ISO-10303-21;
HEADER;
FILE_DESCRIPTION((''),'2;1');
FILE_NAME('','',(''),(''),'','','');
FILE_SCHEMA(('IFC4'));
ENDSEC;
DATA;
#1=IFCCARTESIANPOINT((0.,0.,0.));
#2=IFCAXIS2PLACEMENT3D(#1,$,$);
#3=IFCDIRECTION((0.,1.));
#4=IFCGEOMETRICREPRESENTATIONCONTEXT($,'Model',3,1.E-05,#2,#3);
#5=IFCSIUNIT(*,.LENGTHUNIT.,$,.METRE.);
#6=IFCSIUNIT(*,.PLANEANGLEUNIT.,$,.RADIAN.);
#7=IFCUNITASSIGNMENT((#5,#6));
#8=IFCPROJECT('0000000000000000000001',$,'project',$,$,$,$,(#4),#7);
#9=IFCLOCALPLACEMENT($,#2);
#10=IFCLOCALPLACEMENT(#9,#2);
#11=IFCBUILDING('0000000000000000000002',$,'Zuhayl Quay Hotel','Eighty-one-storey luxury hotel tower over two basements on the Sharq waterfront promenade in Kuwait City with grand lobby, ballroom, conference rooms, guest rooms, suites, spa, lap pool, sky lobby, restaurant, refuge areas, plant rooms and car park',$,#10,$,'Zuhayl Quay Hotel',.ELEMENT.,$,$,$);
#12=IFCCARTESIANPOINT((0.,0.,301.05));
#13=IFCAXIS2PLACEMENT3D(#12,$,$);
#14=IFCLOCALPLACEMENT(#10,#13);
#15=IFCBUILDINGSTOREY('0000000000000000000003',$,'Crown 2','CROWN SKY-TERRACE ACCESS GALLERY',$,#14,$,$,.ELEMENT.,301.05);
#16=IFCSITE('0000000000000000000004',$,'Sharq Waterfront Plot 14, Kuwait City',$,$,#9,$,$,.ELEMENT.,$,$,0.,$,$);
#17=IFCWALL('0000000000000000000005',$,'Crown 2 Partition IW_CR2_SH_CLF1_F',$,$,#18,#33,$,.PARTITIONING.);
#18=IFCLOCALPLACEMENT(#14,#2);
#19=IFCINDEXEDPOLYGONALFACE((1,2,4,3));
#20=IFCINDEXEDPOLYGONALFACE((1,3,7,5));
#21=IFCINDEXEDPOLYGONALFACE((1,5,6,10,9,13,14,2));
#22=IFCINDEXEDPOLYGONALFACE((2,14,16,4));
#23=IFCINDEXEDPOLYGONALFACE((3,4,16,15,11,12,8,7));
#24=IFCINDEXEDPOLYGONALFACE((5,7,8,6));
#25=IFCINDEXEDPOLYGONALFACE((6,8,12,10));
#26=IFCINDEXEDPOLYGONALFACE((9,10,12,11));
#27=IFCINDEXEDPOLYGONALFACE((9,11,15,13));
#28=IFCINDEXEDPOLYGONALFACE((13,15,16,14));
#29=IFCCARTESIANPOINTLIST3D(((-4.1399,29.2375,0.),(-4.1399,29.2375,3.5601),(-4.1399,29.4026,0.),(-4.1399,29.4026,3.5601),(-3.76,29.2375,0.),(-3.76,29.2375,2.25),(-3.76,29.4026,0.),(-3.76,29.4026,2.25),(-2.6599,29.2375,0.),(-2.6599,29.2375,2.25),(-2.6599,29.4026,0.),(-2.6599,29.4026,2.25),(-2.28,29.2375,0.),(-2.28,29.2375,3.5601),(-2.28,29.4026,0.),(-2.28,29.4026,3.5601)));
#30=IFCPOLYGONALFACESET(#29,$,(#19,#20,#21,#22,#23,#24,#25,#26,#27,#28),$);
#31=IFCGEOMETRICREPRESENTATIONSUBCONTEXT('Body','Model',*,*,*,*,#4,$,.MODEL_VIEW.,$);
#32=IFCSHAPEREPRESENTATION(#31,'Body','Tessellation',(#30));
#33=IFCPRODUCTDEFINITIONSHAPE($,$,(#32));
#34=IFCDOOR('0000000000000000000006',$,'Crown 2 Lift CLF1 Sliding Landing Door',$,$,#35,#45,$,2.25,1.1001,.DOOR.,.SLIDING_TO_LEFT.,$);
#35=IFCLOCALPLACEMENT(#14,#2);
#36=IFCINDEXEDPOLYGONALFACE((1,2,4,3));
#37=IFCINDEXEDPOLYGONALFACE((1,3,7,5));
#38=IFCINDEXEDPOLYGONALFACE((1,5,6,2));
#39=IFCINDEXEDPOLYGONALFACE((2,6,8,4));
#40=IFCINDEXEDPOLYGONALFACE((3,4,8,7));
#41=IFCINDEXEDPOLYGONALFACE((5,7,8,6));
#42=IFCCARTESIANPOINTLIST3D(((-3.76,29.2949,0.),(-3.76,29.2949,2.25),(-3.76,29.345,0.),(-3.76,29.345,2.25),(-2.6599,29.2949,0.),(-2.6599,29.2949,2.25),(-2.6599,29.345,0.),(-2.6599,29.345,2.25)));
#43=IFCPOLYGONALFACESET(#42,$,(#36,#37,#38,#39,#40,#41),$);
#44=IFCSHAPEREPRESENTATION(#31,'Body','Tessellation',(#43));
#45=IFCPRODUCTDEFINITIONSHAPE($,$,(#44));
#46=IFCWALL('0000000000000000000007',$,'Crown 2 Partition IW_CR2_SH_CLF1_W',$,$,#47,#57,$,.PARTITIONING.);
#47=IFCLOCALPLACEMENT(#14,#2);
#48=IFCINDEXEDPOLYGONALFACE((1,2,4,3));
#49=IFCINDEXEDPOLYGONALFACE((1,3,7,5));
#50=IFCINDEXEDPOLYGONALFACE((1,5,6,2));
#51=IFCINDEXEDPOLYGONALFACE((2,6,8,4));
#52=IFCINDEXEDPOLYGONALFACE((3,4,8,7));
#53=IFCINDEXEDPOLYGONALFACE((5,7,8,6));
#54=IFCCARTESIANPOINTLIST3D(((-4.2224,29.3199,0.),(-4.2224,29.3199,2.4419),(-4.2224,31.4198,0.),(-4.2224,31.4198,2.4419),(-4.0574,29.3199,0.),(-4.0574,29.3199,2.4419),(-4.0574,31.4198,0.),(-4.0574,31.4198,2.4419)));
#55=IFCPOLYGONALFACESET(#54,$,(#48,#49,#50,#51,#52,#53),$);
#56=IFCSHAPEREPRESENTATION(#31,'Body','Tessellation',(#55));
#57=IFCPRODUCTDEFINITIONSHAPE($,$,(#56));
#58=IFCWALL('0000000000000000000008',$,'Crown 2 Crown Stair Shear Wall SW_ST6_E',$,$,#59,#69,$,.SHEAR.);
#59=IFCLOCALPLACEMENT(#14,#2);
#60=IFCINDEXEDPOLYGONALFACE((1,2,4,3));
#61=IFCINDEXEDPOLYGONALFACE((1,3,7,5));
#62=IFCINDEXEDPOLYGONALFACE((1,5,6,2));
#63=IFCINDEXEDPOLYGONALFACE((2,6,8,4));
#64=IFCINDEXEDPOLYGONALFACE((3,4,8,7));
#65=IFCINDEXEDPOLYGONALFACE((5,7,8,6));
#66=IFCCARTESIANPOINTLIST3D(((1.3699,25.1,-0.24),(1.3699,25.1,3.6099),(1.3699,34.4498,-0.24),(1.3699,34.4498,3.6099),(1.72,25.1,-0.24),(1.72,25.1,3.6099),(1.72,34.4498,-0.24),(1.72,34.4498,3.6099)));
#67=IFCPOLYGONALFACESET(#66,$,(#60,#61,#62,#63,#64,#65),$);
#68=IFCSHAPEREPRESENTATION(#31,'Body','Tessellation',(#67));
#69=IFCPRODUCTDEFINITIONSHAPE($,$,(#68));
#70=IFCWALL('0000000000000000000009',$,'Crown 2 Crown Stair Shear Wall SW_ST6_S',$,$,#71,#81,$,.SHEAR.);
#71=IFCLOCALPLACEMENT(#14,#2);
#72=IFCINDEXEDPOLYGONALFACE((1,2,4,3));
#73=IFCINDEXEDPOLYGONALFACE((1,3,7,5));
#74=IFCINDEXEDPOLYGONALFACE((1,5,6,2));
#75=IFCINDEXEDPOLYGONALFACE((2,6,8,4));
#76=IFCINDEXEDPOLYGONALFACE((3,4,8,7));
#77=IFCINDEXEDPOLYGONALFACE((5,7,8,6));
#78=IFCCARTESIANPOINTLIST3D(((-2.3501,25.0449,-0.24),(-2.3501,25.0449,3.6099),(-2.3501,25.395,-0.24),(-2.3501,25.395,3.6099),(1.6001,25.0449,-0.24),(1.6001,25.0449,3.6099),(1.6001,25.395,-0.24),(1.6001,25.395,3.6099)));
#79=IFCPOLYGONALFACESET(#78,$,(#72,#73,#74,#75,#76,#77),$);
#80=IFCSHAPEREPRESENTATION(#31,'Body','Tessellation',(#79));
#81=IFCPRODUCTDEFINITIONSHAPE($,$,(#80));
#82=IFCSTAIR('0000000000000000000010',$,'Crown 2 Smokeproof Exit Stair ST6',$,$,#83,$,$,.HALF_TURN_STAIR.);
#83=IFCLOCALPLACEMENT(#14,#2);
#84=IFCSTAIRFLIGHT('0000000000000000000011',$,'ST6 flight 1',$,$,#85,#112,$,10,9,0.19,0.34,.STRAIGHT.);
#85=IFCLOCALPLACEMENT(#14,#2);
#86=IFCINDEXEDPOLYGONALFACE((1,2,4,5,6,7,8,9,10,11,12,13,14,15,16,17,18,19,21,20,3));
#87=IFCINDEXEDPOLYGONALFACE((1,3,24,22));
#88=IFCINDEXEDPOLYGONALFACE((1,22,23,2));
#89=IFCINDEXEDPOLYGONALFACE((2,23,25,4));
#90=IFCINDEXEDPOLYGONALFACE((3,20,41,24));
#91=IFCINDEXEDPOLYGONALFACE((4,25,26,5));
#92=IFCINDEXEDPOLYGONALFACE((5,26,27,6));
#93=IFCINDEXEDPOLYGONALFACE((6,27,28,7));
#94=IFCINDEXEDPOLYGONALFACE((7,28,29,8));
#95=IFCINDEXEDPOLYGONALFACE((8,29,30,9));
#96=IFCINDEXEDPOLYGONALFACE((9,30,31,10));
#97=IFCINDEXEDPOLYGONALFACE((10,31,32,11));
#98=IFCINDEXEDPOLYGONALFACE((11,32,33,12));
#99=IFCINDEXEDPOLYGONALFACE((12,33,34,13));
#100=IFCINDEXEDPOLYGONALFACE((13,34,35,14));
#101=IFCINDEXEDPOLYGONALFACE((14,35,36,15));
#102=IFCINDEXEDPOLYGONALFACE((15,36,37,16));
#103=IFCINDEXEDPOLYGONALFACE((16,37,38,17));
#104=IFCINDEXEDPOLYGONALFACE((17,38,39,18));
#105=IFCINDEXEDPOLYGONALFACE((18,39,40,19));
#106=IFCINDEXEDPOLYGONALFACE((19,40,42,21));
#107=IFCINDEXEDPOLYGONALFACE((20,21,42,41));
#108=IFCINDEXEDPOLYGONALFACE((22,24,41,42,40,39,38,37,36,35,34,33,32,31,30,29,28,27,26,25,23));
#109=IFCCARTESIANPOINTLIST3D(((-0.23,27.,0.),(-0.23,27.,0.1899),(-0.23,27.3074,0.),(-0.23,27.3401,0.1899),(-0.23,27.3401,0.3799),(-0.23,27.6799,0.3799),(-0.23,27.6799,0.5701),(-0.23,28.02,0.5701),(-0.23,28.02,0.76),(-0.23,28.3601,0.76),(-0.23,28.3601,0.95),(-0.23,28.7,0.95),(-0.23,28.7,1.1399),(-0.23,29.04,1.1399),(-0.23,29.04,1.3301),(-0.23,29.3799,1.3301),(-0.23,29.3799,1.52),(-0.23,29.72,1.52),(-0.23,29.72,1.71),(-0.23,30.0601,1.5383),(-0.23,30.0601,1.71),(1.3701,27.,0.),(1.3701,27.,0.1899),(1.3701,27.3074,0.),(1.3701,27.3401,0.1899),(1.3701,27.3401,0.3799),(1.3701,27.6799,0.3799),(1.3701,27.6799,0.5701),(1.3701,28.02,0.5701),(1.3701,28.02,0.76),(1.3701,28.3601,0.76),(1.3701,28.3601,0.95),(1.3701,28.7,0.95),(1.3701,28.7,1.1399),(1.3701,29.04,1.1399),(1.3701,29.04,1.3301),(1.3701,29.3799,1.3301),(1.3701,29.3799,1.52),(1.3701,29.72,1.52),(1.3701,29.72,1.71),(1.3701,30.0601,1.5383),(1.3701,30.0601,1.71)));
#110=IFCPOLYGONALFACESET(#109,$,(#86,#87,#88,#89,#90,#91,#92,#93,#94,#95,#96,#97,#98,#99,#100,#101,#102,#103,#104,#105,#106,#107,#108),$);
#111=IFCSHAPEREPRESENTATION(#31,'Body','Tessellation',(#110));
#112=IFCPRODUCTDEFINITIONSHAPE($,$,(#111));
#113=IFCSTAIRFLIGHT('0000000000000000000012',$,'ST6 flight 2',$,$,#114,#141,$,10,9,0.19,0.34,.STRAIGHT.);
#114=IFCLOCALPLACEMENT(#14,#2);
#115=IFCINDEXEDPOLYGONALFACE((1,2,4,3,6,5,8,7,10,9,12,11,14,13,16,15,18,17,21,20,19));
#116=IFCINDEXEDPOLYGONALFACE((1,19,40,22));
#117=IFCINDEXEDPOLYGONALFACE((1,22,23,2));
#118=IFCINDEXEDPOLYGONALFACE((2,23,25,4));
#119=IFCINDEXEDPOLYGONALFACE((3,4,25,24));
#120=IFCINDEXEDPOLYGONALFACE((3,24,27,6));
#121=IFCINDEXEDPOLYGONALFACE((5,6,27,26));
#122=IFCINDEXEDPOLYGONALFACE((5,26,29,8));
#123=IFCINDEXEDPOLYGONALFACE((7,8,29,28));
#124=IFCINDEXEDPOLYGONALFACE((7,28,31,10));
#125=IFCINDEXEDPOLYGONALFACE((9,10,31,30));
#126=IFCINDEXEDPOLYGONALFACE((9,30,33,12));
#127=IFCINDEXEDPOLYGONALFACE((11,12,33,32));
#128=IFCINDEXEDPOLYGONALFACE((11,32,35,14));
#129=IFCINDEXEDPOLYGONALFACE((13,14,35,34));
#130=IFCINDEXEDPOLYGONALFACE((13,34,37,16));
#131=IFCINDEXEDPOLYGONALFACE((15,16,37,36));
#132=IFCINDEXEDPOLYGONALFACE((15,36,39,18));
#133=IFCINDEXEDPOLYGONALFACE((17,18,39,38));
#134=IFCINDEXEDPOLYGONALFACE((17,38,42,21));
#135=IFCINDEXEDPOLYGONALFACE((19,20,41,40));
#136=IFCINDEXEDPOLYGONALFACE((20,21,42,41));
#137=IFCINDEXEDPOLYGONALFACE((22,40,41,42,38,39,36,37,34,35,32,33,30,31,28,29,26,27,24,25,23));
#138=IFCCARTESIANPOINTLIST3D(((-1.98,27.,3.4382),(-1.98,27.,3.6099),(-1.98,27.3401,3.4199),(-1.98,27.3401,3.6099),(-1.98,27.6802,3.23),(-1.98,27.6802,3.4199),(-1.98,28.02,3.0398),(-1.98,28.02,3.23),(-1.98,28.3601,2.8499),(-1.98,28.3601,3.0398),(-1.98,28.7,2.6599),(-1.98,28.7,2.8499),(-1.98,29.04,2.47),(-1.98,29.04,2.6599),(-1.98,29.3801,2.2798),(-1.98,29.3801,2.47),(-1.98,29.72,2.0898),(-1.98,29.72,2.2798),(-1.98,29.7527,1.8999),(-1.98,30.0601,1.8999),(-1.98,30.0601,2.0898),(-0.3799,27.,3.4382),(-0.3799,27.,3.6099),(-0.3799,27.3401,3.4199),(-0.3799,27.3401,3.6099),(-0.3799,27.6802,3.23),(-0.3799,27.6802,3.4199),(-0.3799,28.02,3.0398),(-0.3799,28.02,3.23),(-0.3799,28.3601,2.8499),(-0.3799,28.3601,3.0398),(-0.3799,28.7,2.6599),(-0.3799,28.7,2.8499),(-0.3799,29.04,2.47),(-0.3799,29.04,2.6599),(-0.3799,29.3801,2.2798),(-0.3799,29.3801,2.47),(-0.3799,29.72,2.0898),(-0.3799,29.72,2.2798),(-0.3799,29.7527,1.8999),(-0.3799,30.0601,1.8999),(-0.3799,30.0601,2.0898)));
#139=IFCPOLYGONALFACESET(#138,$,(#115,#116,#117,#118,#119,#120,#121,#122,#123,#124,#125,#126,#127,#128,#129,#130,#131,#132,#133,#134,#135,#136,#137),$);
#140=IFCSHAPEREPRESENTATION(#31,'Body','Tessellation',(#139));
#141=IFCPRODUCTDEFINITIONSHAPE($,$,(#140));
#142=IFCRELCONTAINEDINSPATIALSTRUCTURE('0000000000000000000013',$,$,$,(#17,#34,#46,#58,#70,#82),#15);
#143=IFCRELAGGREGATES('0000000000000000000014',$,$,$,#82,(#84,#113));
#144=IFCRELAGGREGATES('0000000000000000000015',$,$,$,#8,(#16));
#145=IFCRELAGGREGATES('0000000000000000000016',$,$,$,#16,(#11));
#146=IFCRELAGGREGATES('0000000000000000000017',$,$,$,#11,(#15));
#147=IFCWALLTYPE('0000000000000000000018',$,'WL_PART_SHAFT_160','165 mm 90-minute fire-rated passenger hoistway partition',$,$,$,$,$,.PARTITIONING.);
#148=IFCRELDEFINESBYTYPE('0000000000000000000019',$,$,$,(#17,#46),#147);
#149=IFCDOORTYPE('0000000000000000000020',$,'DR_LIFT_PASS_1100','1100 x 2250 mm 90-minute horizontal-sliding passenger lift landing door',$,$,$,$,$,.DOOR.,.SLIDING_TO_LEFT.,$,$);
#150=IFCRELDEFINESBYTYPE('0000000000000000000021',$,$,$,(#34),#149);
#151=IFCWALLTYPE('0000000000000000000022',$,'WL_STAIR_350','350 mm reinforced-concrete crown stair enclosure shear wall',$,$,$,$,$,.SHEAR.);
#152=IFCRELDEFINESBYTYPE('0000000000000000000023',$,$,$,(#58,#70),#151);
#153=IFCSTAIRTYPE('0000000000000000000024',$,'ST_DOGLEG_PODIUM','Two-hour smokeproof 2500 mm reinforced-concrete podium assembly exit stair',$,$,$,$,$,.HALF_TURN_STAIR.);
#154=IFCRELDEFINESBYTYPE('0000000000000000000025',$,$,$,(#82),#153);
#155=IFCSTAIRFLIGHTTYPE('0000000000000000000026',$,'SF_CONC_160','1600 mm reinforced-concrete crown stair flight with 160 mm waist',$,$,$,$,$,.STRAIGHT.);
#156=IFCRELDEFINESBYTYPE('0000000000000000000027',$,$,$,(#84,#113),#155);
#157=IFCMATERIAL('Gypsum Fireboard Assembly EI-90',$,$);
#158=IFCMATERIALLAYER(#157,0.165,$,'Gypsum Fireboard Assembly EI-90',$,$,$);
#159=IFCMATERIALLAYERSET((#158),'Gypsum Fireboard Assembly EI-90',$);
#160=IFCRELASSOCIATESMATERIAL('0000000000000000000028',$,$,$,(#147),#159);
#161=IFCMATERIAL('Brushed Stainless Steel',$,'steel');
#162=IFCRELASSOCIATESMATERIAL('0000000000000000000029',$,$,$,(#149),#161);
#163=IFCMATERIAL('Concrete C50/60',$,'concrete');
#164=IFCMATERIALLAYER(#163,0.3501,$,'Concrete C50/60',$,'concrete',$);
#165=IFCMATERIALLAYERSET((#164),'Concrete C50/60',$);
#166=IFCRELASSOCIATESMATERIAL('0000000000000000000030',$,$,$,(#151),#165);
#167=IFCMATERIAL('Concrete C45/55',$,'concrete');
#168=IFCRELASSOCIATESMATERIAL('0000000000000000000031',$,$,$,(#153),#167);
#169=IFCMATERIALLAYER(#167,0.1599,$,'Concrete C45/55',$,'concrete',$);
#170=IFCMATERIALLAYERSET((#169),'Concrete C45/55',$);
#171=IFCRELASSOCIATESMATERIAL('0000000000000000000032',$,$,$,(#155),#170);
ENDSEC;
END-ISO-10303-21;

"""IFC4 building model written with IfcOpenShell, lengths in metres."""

from ifc_helpers import new_model, si_unit, direction, frame, frame_2d, origin, place, context, subcontext, project, spatial, polyline, rectangle, outline, extrude, material, layer, layer_set, type_object, element, fill, aggregate, save


model = new_model("IFC4")

# Units and contexts
model_context = context("Model", 3, precision=1e-05, world=origin(), true_north=direction((0.0, 1.0)))
body_context = subcontext(model_context, "Body", "Model", "MODEL_VIEW")
ifc_project = project(units=[si_unit("LENGTHUNIT", "METRE"), si_unit("PLANEANGLEUNIT", "RADIAN")], contexts=[model_context])

# Site, building, storey
site_placement = place(None, origin())
site = spatial("IfcSite", under=ifc_project, at=site_placement, Name="Sharq Waterfront Plot 14, Kuwait City", CompositionType="ELEMENT", RefElevation=0.0)
building_placement = place(site_placement, origin())
building = spatial("IfcBuilding", under=site, at=building_placement, Name="Zuhayl Quay Hotel", Description="Eighty-one-storey luxury hotel tower over two basements on the Sharq waterfront promenade in Kuwait City with grand lobby, ballroom, conference rooms, guest rooms, suites, spa, lap pool, sky lobby, restaurant, refuge areas, plant rooms and car park", LongName="Zuhayl Quay Hotel", CompositionType="ELEMENT")
storey_placement = place(building_placement, frame((0.0, 0.0, 301.05)))
storey = spatial("IfcBuildingStorey", under=building, at=storey_placement, Name="Crown 2", Description="CROWN SKY-TERRACE ACCESS GALLERY", CompositionType="ELEMENT", Elevation=301.05)

# Wall, opening, door
ifc_material_1 = material(Name="Gypsum Fireboard Assembly EI-90")
ifc_layer_1 = layer(ifc_material_1, 0.165, Name="Gypsum Fireboard Assembly EI-90")
ifc_layer_set_1 = layer_set([ifc_layer_1], Name="Gypsum Fireboard Assembly EI-90")
wall_type_1 = type_object("IfcWallType", Name="WL_PART_SHAFT_160", Description="165 mm 90-minute fire-rated passenger hoistway partition", PredefinedType="PARTITIONING", material=ifc_layer_set_1)
wall_1_placement = place(storey_placement, frame((-4.1399, 29.3201, 0.0), z_axis=(0.0, 0.0, 1.0), x_axis=(1.0, 0.0, 0.0)))
wall_1 = element("IfcWall", 1, at=wall_1_placement, inside=storey, type_object=wall_type_1, Name="Crown 2 Partition IW_CR2_SH_CLF1_F", PredefinedType="PARTITIONING", context=body_context, shape_type="SweptSolid", body=[
    extrude(rectangle(XDim=1.8599, YDim=0.165, at=frame_2d((0.9299, 0.0))), origin(), (0.0, 0.0, 1.0), 3.5601),
])
opening_1_placement = place(wall_1_placement, frame((0.3799, 0.0, 0.0)))
opening_1 = element("IfcOpeningElement", 2, at=opening_1_placement, cuts=wall_1, PredefinedType="OPENING", context=body_context, shape_type="SweptSolid", body=[
    extrude(rectangle(XDim=1.1001, YDim=2.25, at=frame_2d((0.55, 1.125))), frame((0.0, 0.0925, 0.0), z_axis=(0.0, -1.0, 0.0), x_axis=(1.0, 0.0, 0.0)), (0.0, 0.0, 1.0), 0.1851),
])
ifc_material_2 = material(Name="Brushed Stainless Steel", Category="steel")
door_type_1 = type_object("IfcDoorType", Name="DR_LIFT_PASS_1100", Description="1100 x 2250 mm 90-minute horizontal-sliding passenger lift landing door", OperationType="SLIDING_TO_LEFT", PredefinedType="DOOR", material=ifc_material_2)
door_1_placement = place(opening_1_placement, origin())
door_1 = element("IfcDoor", 3, at=door_1_placement, inside=storey, type_object=door_type_1, Name="Crown 2 Lift CLF1 Sliding Landing Door", OperationType="SLIDING_TO_LEFT", OverallHeight=2.25, OverallWidth=1.1001, PredefinedType="DOOR", context=body_context, shape_type="SweptSolid", body=[
    extrude(rectangle(XDim=1.1001, YDim=2.25, at=frame_2d((0.55, 1.125))), frame((0.0, 0.0249, 0.0), z_axis=(0.0, -1.0, 0.0), x_axis=(1.0, 0.0, 0.0)), (0.0, 0.0, 1.0), 0.05),
])
fill(opening_1, door_1)

# Walls
wall_2_placement = place(storey_placement, frame((-4.1399, 29.3201, 0.0), z_axis=(0.0, 0.0, 1.0), x_axis=(0.0, 1.0, 0.0)))
element("IfcWall", 4, at=wall_2_placement, inside=storey, type_object=wall_type_1, Name="Crown 2 Partition IW_CR2_SH_CLF1_W", PredefinedType="PARTITIONING", context=body_context, shape_type="SweptSolid", body=[
    extrude(rectangle(XDim=2.0999, YDim=0.165, at=frame_2d((1.0498, 0.0))), origin(), (0.0, 0.0, 1.0), 2.4419),
])
ifc_material_3 = material(Name="Concrete C50/60", Category="concrete")
ifc_layer_2 = layer(ifc_material_3, 0.3501, Name="Concrete C50/60", Category="concrete")
ifc_layer_set_2 = layer_set([ifc_layer_2], Name="Concrete C50/60")
wall_type_2 = type_object("IfcWallType", Name="WL_STAIR_350", Description="350 mm reinforced-concrete crown stair enclosure shear wall", PredefinedType="SHEAR", material=ifc_layer_set_2)
wall_3_placement = place(storey_placement, frame((1.5449, 25.1001, -0.24), z_axis=(0.0, 0.0, 1.0), x_axis=(0.0, 1.0, 0.0)))
element("IfcWall", 5, at=wall_3_placement, inside=storey, type_object=wall_type_2, Name="Crown 2 Crown Stair Shear Wall SW_ST6_E", PredefinedType="SHEAR", context=body_context, shape_type="SweptSolid", body=[
    extrude(rectangle(XDim=9.3499, YDim=0.3501, at=frame_2d((4.6748, 0.0))), origin(), (0.0, 0.0, 1.0), 3.8499),
])
wall_4_placement = place(storey_placement, frame((-2.3501, 25.22, -0.24), z_axis=(0.0, 0.0, 1.0), x_axis=(1.0, 0.0, 0.0)))
element("IfcWall", 6, at=wall_4_placement, inside=storey, type_object=wall_type_2, Name="Crown 2 Crown Stair Shear Wall SW_ST6_S", PredefinedType="SHEAR", context=body_context, shape_type="SweptSolid", body=[
    extrude(rectangle(XDim=3.9502, YDim=0.3501, at=frame_2d((1.9751, 0.0))), origin(), (0.0, 0.0, 1.0), 3.8499),
])

# Stair, stair flights
ifc_material_4 = material(Name="Concrete C45/55", Category="concrete")
stair_type = type_object("IfcStairType", Name="ST_DOGLEG_PODIUM", Description="Two-hour smokeproof 2500 mm reinforced-concrete podium assembly exit stair", PredefinedType="HALF_TURN_STAIR", material=ifc_material_4)
stair_placement = place(storey_placement, origin())
stair = element("IfcStair", 7, at=stair_placement, inside=storey, type_object=stair_type, Name="Crown 2 Smokeproof Exit Stair ST6", PredefinedType="HALF_TURN_STAIR")
ifc_layer_3 = layer(ifc_material_4, 0.1599, Name="Concrete C45/55", Category="concrete")
ifc_layer_set_3 = layer_set([ifc_layer_3], Name="Concrete C45/55")
stair_flight_type = type_object("IfcStairFlightType", Name="SF_CONC_160", Description="1600 mm reinforced-concrete crown stair flight with 160 mm waist", PredefinedType="STRAIGHT", material=ifc_layer_set_3)
stair_flight_1_placement = place(storey_placement, frame((0.5701, 27.0, 0.0), z_axis=(0.0, 0.0, 1.0), x_axis=(0.0, 1.0, 0.0)))
stair_flight_1 = element("IfcStairFlight", 8, at=stair_flight_1_placement, type_object=stair_flight_type, Name="ST6 flight 1", NumberOfRisers=10, NumberOfTreads=9, PredefinedType="STRAIGHT", RiserHeight=0.19, TreadLength=0.34, context=body_context, shape_type="SweptSolid", body=[
    extrude(outline(polyline([(0.0, 0.0), (0.0, 0.1899), (0.3401, 0.1899), (0.3401, 0.3799), (0.6799, 0.3799), (0.6799, 0.5701), (1.02, 0.5701), (1.02, 0.76), (1.3601, 0.76), (1.3601, 0.95), (1.7, 0.95), (1.7, 1.1399), (2.04, 1.1399), (2.04, 1.3301), (2.3799, 1.3301), (2.3799, 1.52), (2.72, 1.52), (2.72, 1.71), (3.0601, 1.71), (3.0601, 1.8999), (3.0601, 1.5383), (0.3074, 0.0), (0.0, 0.0)])), frame((0.0, 0.8, 0.0), z_axis=(0.0, -1.0, 0.0), x_axis=(1.0, 0.0, 0.0)), (0.0, 0.0, 1.0), 1.6001),
])
stair_flight_2_placement = place(storey_placement, frame((-1.1799, 30.0601, 1.8999), z_axis=(0.0, 0.0, 1.0), x_axis=(0.0, -1.0, 0.0)))
stair_flight_2 = element("IfcStairFlight", 9, at=stair_flight_2_placement, type_object=stair_flight_type, Name="ST6 flight 2", NumberOfRisers=10, NumberOfTreads=9, PredefinedType="STRAIGHT", RiserHeight=0.19, TreadLength=0.34, context=body_context, shape_type="SweptSolid", body=[
    extrude(outline(polyline([(0.0, 0.0), (0.0, 0.1899), (0.3401, 0.1899), (0.3401, 0.3799), (0.6799, 0.3799), (0.6799, 0.5701), (1.02, 0.5701), (1.02, 0.76), (1.3601, 0.76), (1.3601, 0.95), (1.7, 0.95), (1.7, 1.1399), (2.04, 1.1399), (2.04, 1.3301), (2.3799, 1.3301), (2.3799, 1.52), (2.72, 1.52), (2.72, 1.71), (3.0601, 1.71), (3.0601, 1.8999), (3.0601, 1.5383), (0.3074, 0.0), (0.0, 0.0)])), frame((0.0, 0.8, 0.0), z_axis=(0.0, -1.0, 0.0), x_axis=(1.0, 0.0, 0.0)), (0.0, 0.0, 1.0), 1.6001),
])
aggregate(stair, [stair_flight_1, stair_flight_2])

save(model, "model.ifc")
